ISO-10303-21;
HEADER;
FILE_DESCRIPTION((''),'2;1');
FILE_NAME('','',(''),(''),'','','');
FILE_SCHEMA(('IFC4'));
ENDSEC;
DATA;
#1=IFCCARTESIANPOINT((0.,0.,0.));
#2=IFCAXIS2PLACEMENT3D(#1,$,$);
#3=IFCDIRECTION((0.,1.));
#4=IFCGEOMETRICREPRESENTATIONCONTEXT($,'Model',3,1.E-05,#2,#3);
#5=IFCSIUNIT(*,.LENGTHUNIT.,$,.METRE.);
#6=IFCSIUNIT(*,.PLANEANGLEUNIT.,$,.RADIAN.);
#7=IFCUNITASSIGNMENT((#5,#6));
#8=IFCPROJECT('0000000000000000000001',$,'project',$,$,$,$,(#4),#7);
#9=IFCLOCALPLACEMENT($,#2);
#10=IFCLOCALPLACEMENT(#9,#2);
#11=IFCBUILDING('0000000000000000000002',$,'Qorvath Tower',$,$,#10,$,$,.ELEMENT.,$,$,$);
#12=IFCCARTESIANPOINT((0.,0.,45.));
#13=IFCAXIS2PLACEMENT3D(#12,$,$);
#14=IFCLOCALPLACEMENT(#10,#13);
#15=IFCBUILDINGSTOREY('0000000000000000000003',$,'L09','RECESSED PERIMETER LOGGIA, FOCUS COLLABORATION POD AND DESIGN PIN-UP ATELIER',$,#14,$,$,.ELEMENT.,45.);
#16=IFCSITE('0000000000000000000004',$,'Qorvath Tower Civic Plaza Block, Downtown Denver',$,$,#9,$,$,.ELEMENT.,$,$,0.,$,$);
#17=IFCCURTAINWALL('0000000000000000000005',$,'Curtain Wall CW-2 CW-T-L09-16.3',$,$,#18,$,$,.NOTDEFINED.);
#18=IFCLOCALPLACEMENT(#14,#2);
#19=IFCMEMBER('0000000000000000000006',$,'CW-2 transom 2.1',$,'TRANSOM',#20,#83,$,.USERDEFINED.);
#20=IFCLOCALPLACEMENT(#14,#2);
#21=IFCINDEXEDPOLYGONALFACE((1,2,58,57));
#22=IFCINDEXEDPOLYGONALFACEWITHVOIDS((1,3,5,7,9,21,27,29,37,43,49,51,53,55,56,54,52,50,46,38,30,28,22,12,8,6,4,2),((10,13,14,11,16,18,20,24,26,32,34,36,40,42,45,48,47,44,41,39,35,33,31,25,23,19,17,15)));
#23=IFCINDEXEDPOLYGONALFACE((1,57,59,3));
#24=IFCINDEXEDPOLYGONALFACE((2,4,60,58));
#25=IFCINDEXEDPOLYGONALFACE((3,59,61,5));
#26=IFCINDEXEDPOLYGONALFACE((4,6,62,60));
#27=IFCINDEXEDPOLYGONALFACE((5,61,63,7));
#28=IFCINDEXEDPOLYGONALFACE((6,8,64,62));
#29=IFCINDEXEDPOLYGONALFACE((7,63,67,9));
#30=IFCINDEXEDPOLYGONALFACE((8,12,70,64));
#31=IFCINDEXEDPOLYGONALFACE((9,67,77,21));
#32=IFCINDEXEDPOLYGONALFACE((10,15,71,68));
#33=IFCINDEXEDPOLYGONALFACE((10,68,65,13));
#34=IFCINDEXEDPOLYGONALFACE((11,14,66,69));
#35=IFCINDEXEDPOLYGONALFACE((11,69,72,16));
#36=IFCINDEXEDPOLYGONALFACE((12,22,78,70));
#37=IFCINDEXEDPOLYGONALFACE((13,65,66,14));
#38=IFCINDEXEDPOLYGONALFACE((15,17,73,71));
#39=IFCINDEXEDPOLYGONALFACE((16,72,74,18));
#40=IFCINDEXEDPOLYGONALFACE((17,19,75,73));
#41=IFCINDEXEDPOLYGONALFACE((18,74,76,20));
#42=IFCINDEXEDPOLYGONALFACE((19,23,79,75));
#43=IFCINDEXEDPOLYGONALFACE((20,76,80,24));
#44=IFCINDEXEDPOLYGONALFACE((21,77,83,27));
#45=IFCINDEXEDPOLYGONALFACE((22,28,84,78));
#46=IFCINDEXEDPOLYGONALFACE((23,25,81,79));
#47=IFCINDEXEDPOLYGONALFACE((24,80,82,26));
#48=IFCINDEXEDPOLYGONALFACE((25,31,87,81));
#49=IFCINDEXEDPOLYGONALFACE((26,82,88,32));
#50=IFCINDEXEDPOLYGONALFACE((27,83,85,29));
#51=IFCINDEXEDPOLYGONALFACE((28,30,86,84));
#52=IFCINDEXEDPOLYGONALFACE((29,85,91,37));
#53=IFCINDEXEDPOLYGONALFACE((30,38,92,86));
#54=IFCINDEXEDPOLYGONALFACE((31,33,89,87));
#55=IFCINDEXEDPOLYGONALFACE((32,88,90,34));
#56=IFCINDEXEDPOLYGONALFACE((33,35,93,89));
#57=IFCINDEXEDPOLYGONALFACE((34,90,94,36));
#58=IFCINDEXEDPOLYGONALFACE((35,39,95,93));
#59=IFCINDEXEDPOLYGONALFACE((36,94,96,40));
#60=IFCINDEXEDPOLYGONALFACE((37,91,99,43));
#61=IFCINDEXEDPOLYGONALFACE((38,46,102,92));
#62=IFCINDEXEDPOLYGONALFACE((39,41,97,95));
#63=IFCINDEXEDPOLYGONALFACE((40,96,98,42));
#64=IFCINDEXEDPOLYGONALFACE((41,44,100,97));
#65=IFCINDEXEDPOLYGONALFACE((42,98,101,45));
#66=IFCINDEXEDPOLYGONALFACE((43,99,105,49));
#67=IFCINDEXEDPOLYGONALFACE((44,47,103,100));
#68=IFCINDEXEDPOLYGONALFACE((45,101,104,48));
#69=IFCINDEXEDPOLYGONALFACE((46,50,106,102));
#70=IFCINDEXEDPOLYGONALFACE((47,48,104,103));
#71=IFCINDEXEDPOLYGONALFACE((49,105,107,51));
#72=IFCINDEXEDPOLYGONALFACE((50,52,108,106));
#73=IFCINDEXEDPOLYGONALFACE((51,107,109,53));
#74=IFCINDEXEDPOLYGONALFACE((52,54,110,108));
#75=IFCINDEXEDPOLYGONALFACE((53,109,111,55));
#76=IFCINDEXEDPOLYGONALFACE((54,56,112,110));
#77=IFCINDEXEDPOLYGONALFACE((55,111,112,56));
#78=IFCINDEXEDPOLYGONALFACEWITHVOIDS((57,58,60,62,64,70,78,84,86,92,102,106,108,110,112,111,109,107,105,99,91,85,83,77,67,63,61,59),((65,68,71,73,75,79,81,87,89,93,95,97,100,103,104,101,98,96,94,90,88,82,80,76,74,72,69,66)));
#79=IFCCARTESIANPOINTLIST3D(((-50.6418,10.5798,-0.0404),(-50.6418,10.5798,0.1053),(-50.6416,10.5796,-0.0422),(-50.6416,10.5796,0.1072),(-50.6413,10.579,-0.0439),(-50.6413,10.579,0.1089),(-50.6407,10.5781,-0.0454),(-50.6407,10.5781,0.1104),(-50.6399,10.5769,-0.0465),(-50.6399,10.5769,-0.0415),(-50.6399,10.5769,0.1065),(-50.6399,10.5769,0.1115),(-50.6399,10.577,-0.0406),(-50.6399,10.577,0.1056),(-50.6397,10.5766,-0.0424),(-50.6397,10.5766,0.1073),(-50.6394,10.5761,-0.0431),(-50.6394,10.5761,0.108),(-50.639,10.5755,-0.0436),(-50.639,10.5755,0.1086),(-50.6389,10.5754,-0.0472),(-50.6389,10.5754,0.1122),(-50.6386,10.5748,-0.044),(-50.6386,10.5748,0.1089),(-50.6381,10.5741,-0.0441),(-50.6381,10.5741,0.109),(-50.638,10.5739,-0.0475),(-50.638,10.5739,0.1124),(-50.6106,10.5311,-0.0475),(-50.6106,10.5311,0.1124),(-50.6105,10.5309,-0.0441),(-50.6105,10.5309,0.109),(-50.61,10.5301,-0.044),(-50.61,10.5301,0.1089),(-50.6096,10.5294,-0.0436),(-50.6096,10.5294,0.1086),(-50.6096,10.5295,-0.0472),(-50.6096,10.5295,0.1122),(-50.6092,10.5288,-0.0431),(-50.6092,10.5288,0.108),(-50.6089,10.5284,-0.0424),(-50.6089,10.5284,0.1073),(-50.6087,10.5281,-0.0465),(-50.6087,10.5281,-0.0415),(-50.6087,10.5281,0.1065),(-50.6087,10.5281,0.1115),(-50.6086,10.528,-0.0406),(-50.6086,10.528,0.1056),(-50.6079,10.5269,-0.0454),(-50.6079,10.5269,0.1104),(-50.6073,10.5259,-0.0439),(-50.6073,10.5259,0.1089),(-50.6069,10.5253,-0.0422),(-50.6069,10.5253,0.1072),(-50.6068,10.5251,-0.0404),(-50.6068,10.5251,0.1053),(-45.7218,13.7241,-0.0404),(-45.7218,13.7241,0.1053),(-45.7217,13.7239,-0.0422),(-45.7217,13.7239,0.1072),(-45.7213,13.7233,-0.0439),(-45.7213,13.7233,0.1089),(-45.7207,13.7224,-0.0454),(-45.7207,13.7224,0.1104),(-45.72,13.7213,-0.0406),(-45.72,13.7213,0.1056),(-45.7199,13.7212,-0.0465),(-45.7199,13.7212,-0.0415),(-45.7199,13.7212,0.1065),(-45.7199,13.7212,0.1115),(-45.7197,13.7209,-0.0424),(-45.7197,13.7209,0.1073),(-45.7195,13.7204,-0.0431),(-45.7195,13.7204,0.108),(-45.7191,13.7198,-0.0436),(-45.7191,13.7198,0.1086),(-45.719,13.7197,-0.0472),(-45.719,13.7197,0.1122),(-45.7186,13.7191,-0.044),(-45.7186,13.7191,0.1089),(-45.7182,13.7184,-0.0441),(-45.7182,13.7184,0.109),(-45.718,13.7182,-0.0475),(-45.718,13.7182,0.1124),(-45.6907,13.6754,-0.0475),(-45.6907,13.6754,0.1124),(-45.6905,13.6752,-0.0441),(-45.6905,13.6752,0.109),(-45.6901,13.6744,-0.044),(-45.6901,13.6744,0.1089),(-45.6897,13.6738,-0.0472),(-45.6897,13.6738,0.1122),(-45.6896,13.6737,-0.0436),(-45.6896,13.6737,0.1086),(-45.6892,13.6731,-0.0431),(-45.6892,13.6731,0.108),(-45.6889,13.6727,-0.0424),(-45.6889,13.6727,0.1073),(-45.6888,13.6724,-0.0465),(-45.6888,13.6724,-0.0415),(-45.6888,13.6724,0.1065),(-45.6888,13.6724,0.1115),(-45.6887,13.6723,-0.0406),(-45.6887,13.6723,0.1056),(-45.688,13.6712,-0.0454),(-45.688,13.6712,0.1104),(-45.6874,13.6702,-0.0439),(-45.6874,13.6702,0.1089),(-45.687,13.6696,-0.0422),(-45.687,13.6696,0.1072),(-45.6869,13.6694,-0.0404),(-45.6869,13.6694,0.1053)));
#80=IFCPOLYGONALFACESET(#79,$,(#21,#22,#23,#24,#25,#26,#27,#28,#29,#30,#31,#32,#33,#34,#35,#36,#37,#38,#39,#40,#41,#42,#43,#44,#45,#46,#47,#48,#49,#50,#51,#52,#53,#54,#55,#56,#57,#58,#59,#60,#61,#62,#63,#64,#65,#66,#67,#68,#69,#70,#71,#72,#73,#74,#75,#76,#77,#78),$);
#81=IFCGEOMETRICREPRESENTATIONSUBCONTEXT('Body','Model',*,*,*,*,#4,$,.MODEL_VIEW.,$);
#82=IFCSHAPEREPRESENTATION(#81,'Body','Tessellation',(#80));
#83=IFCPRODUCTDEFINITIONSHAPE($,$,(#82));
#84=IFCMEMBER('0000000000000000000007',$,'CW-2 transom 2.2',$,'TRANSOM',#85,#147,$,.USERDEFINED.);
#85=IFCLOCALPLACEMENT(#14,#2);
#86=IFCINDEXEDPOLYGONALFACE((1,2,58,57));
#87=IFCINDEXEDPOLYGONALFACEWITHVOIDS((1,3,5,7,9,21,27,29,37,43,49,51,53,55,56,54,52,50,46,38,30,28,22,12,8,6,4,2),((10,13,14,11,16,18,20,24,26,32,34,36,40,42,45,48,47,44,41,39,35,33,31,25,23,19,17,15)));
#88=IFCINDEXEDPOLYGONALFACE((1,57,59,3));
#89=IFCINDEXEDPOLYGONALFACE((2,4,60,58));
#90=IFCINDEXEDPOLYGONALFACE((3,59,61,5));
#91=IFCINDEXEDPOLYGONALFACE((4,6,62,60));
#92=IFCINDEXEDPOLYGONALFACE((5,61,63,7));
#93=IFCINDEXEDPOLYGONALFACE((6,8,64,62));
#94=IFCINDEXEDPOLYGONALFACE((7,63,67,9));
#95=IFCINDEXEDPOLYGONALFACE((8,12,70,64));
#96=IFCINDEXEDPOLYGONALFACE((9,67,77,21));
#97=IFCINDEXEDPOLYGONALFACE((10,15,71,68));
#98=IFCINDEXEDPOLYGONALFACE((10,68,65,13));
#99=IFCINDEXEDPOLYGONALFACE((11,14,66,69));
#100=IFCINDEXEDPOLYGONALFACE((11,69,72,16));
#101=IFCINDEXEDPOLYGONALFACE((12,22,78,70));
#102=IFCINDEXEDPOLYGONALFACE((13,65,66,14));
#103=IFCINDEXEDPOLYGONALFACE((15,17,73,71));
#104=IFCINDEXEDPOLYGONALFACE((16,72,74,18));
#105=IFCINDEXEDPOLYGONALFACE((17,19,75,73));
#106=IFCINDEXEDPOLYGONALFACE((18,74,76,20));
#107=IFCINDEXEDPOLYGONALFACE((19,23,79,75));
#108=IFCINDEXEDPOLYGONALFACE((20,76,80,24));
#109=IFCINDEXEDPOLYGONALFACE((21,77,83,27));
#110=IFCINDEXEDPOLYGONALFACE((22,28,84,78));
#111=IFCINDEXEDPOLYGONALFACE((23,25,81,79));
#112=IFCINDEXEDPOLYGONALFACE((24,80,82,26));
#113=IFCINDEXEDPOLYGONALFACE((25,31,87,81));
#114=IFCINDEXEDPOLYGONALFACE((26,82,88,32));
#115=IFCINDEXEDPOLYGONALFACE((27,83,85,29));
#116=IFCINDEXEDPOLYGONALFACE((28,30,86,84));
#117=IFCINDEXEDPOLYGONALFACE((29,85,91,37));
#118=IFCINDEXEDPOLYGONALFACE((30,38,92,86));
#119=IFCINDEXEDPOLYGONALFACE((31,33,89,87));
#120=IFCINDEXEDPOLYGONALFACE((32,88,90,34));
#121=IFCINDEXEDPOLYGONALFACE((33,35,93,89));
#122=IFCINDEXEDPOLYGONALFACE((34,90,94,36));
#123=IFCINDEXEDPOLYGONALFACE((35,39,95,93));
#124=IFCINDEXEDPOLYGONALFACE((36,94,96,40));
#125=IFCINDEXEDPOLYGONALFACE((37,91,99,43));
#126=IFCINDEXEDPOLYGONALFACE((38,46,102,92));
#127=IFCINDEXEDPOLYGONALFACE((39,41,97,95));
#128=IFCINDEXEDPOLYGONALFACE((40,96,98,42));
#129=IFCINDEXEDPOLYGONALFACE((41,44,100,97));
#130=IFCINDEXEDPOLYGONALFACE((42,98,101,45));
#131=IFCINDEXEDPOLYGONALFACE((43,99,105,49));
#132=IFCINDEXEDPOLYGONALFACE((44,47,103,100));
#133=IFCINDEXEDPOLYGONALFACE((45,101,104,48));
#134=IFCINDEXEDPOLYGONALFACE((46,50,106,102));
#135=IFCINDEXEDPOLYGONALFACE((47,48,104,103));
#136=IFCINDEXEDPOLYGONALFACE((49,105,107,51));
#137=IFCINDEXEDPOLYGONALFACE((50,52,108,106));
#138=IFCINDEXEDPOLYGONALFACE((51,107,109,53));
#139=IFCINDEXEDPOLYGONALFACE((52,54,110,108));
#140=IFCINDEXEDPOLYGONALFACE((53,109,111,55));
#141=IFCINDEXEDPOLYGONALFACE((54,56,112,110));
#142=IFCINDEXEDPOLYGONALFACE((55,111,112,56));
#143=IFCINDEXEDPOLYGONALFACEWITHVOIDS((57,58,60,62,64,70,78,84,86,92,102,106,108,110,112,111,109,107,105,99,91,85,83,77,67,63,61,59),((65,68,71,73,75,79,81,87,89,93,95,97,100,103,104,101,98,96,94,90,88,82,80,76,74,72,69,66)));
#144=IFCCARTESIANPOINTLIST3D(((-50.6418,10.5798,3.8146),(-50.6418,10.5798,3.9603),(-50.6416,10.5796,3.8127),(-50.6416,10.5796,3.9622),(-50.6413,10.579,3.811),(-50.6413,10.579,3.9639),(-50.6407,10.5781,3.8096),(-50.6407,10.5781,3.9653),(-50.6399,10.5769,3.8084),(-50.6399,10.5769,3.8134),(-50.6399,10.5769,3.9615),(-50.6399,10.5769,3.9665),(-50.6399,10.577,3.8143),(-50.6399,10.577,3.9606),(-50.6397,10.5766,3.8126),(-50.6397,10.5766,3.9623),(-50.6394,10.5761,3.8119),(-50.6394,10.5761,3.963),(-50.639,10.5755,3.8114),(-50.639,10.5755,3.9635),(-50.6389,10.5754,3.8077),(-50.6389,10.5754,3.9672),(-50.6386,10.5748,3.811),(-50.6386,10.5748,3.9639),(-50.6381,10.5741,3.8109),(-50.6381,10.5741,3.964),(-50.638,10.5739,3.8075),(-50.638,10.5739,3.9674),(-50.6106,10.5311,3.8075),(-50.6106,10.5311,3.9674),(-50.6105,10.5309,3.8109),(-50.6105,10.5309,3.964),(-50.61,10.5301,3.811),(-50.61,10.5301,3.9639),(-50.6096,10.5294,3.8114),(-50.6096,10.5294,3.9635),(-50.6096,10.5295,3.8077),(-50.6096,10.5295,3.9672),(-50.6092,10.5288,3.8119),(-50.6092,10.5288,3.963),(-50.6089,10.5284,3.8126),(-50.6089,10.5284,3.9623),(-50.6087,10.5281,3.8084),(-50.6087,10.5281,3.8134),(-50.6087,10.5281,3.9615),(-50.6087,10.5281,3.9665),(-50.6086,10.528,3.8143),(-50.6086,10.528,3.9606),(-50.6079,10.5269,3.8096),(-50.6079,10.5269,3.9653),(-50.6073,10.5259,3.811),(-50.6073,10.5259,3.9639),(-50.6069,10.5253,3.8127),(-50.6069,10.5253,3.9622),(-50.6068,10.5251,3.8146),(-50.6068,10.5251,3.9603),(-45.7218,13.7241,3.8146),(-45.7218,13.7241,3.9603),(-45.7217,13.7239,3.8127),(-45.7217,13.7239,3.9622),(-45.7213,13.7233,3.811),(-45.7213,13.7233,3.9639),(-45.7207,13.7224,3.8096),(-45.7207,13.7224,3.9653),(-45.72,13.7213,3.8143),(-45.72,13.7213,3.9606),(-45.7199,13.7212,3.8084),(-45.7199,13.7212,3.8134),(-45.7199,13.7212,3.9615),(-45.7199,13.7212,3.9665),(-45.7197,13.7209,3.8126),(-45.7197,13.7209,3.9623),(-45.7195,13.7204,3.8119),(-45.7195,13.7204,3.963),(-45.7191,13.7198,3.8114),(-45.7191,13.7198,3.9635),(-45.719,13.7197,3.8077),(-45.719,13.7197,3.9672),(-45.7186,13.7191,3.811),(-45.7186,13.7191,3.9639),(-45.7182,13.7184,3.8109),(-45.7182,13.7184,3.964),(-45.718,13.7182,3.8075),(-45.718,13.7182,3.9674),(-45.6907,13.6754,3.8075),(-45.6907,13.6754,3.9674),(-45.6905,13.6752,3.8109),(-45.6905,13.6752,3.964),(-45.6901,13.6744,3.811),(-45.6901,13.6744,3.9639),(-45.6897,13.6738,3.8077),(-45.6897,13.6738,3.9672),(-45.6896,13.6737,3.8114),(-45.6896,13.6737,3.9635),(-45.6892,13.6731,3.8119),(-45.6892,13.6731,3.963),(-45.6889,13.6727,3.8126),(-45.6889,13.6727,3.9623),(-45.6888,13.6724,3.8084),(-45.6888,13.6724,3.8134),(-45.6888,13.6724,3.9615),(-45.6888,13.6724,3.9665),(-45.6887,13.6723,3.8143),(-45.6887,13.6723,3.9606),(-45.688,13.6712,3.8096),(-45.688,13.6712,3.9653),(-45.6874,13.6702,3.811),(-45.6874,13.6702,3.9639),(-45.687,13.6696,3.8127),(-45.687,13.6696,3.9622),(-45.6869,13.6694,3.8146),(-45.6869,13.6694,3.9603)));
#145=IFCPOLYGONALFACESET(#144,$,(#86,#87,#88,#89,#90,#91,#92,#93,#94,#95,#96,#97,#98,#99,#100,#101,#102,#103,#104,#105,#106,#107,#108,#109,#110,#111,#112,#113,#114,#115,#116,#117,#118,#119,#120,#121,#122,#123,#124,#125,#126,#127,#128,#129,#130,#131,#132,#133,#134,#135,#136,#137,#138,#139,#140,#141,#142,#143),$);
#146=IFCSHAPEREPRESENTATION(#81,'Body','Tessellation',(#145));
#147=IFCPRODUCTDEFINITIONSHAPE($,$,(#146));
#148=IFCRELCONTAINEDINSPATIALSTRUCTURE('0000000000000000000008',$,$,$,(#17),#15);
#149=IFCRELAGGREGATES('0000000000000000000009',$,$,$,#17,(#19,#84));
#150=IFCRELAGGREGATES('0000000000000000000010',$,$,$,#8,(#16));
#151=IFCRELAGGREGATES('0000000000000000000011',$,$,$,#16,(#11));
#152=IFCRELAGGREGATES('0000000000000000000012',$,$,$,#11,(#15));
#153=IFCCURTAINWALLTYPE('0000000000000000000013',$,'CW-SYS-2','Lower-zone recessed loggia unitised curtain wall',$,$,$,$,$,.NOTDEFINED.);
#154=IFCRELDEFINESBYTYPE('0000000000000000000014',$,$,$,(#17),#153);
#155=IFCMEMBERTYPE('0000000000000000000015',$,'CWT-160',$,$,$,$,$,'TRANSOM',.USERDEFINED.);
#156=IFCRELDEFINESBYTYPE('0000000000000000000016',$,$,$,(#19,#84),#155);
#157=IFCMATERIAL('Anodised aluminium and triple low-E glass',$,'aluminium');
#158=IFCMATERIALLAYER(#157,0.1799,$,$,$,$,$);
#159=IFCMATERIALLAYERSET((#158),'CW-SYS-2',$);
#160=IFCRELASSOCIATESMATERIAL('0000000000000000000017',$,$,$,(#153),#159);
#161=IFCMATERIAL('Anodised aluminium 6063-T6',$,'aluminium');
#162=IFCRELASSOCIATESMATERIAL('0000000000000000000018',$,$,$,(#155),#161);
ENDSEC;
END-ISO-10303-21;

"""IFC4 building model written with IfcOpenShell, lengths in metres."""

from ifc_helpers import new_model, si_unit, direction, frame, origin, origin_2d, place, context, subcontext, project, spatial, hollow_rectangle, extrude, material, layer, layer_set, material_profile, profile_set, type_object, element, aggregate, save


model = new_model("IFC4")

# Units and contexts
model_context = context("Model", 3, precision=1e-05, world=origin(), true_north=direction((0.0, 1.0)))
body_context = subcontext(model_context, "Body", "Model", "MODEL_VIEW")
ifc_project = project(units=[si_unit("LENGTHUNIT", "METRE"), si_unit("PLANEANGLEUNIT", "RADIAN")], contexts=[model_context])

# Site, building, storey
site_placement = place(None, origin())
site = spatial("IfcSite", under=ifc_project, at=site_placement, Name="Qorvath Tower Civic Plaza Block, Downtown Denver", CompositionType="ELEMENT", RefElevation=0.0)
building_placement = place(site_placement, origin())
building = spatial("IfcBuilding", under=site, at=building_placement, Name="Qorvath Tower", CompositionType="ELEMENT")
storey_placement = place(building_placement, frame((0.0, 0.0, 45.0)))
storey = spatial("IfcBuildingStorey", under=building, at=storey_placement, Name="L09", Description="RECESSED PERIMETER LOGGIA, FOCUS COLLABORATION POD AND DESIGN PIN-UP ATELIER", CompositionType="ELEMENT", Elevation=45.0)

# Curtain wall, members
ifc_material_1 = material(Name="Anodised aluminium and triple low-E glass", Category="aluminium")
ifc_layer_1 = layer(ifc_material_1, 0.1799)
ifc_layer_set_1 = layer_set([ifc_layer_1], Name="CW-SYS-2")
curtain_wall_type = type_object("IfcCurtainWallType", Name="CW-SYS-2", Description="Lower-zone recessed loggia unitised curtain wall", PredefinedType="NOTDEFINED", material=ifc_layer_set_1)
curtain_wall_placement = place(storey_placement, origin())
curtain_wall = element("IfcCurtainWall", 1, at=curtain_wall_placement, inside=storey, type_object=curtain_wall_type, Name="Curtain Wall CW-2 CW-T-L09-16.3", PredefinedType="NOTDEFINED")
ifc_material_2 = material(Name="Anodised aluminium 6063-T6", Category="aluminium")
ifc_material_profile_1 = material_profile(ifc_material_2, hollow_rectangle(XDim=0.0649, YDim=0.1599, WallThickness=0.0034, InnerFilletRadius=0.0034, OuterFilletRadius=0.0071, at=origin_2d()), Name="CWT 160x65")
ifc_profile_set_1 = profile_set([ifc_material_profile_1], Name="Anodised aluminium 6063-T6")
member_type_1 = type_object("IfcMemberType", Name="CWT-160", ElementType="TRANSOM", PredefinedType="USERDEFINED", material=ifc_profile_set_1)
member_1_placement = place(storey_placement, frame((-45.7043, 13.6968, 0.0325), z_axis=(-0.842618, -0.538511, 0.0), x_axis=(0.538511, -0.842618, 0.0)))
member_1 = element("IfcMember", 2, at=member_1_placement, type_object=member_type_1, Name="CW-2 transom 2.1", ObjectType="TRANSOM", PredefinedType="USERDEFINED", context=body_context, shape_type="SweptSolid", body=[
    extrude(hollow_rectangle(XDim=0.0649, YDim=0.1599, WallThickness=0.0034, InnerFilletRadius=0.0034, OuterFilletRadius=0.0071, at=origin_2d()), origin(), (0.0, 0.0, 1.0), 5.8389),
])
member_2_placement = place(storey_placement, frame((-45.7043, 13.6968, 3.8875), z_axis=(-0.842618, -0.538511, 0.0), x_axis=(0.538511, -0.842618, 0.0)))
member_2 = element("IfcMember", 3, at=member_2_placement, type_object=member_type_1, Name="CW-2 transom 2.2", ObjectType="TRANSOM", PredefinedType="USERDEFINED", context=body_context, shape_type="SweptSolid", body=[
    extrude(hollow_rectangle(XDim=0.0649, YDim=0.1599, WallThickness=0.0034, InnerFilletRadius=0.0034, OuterFilletRadius=0.0071, at=origin_2d()), origin(), (0.0, 0.0, 1.0), 5.8389),
])
aggregate(curtain_wall, [member_1, member_2])

save(model, "model.ifc")
